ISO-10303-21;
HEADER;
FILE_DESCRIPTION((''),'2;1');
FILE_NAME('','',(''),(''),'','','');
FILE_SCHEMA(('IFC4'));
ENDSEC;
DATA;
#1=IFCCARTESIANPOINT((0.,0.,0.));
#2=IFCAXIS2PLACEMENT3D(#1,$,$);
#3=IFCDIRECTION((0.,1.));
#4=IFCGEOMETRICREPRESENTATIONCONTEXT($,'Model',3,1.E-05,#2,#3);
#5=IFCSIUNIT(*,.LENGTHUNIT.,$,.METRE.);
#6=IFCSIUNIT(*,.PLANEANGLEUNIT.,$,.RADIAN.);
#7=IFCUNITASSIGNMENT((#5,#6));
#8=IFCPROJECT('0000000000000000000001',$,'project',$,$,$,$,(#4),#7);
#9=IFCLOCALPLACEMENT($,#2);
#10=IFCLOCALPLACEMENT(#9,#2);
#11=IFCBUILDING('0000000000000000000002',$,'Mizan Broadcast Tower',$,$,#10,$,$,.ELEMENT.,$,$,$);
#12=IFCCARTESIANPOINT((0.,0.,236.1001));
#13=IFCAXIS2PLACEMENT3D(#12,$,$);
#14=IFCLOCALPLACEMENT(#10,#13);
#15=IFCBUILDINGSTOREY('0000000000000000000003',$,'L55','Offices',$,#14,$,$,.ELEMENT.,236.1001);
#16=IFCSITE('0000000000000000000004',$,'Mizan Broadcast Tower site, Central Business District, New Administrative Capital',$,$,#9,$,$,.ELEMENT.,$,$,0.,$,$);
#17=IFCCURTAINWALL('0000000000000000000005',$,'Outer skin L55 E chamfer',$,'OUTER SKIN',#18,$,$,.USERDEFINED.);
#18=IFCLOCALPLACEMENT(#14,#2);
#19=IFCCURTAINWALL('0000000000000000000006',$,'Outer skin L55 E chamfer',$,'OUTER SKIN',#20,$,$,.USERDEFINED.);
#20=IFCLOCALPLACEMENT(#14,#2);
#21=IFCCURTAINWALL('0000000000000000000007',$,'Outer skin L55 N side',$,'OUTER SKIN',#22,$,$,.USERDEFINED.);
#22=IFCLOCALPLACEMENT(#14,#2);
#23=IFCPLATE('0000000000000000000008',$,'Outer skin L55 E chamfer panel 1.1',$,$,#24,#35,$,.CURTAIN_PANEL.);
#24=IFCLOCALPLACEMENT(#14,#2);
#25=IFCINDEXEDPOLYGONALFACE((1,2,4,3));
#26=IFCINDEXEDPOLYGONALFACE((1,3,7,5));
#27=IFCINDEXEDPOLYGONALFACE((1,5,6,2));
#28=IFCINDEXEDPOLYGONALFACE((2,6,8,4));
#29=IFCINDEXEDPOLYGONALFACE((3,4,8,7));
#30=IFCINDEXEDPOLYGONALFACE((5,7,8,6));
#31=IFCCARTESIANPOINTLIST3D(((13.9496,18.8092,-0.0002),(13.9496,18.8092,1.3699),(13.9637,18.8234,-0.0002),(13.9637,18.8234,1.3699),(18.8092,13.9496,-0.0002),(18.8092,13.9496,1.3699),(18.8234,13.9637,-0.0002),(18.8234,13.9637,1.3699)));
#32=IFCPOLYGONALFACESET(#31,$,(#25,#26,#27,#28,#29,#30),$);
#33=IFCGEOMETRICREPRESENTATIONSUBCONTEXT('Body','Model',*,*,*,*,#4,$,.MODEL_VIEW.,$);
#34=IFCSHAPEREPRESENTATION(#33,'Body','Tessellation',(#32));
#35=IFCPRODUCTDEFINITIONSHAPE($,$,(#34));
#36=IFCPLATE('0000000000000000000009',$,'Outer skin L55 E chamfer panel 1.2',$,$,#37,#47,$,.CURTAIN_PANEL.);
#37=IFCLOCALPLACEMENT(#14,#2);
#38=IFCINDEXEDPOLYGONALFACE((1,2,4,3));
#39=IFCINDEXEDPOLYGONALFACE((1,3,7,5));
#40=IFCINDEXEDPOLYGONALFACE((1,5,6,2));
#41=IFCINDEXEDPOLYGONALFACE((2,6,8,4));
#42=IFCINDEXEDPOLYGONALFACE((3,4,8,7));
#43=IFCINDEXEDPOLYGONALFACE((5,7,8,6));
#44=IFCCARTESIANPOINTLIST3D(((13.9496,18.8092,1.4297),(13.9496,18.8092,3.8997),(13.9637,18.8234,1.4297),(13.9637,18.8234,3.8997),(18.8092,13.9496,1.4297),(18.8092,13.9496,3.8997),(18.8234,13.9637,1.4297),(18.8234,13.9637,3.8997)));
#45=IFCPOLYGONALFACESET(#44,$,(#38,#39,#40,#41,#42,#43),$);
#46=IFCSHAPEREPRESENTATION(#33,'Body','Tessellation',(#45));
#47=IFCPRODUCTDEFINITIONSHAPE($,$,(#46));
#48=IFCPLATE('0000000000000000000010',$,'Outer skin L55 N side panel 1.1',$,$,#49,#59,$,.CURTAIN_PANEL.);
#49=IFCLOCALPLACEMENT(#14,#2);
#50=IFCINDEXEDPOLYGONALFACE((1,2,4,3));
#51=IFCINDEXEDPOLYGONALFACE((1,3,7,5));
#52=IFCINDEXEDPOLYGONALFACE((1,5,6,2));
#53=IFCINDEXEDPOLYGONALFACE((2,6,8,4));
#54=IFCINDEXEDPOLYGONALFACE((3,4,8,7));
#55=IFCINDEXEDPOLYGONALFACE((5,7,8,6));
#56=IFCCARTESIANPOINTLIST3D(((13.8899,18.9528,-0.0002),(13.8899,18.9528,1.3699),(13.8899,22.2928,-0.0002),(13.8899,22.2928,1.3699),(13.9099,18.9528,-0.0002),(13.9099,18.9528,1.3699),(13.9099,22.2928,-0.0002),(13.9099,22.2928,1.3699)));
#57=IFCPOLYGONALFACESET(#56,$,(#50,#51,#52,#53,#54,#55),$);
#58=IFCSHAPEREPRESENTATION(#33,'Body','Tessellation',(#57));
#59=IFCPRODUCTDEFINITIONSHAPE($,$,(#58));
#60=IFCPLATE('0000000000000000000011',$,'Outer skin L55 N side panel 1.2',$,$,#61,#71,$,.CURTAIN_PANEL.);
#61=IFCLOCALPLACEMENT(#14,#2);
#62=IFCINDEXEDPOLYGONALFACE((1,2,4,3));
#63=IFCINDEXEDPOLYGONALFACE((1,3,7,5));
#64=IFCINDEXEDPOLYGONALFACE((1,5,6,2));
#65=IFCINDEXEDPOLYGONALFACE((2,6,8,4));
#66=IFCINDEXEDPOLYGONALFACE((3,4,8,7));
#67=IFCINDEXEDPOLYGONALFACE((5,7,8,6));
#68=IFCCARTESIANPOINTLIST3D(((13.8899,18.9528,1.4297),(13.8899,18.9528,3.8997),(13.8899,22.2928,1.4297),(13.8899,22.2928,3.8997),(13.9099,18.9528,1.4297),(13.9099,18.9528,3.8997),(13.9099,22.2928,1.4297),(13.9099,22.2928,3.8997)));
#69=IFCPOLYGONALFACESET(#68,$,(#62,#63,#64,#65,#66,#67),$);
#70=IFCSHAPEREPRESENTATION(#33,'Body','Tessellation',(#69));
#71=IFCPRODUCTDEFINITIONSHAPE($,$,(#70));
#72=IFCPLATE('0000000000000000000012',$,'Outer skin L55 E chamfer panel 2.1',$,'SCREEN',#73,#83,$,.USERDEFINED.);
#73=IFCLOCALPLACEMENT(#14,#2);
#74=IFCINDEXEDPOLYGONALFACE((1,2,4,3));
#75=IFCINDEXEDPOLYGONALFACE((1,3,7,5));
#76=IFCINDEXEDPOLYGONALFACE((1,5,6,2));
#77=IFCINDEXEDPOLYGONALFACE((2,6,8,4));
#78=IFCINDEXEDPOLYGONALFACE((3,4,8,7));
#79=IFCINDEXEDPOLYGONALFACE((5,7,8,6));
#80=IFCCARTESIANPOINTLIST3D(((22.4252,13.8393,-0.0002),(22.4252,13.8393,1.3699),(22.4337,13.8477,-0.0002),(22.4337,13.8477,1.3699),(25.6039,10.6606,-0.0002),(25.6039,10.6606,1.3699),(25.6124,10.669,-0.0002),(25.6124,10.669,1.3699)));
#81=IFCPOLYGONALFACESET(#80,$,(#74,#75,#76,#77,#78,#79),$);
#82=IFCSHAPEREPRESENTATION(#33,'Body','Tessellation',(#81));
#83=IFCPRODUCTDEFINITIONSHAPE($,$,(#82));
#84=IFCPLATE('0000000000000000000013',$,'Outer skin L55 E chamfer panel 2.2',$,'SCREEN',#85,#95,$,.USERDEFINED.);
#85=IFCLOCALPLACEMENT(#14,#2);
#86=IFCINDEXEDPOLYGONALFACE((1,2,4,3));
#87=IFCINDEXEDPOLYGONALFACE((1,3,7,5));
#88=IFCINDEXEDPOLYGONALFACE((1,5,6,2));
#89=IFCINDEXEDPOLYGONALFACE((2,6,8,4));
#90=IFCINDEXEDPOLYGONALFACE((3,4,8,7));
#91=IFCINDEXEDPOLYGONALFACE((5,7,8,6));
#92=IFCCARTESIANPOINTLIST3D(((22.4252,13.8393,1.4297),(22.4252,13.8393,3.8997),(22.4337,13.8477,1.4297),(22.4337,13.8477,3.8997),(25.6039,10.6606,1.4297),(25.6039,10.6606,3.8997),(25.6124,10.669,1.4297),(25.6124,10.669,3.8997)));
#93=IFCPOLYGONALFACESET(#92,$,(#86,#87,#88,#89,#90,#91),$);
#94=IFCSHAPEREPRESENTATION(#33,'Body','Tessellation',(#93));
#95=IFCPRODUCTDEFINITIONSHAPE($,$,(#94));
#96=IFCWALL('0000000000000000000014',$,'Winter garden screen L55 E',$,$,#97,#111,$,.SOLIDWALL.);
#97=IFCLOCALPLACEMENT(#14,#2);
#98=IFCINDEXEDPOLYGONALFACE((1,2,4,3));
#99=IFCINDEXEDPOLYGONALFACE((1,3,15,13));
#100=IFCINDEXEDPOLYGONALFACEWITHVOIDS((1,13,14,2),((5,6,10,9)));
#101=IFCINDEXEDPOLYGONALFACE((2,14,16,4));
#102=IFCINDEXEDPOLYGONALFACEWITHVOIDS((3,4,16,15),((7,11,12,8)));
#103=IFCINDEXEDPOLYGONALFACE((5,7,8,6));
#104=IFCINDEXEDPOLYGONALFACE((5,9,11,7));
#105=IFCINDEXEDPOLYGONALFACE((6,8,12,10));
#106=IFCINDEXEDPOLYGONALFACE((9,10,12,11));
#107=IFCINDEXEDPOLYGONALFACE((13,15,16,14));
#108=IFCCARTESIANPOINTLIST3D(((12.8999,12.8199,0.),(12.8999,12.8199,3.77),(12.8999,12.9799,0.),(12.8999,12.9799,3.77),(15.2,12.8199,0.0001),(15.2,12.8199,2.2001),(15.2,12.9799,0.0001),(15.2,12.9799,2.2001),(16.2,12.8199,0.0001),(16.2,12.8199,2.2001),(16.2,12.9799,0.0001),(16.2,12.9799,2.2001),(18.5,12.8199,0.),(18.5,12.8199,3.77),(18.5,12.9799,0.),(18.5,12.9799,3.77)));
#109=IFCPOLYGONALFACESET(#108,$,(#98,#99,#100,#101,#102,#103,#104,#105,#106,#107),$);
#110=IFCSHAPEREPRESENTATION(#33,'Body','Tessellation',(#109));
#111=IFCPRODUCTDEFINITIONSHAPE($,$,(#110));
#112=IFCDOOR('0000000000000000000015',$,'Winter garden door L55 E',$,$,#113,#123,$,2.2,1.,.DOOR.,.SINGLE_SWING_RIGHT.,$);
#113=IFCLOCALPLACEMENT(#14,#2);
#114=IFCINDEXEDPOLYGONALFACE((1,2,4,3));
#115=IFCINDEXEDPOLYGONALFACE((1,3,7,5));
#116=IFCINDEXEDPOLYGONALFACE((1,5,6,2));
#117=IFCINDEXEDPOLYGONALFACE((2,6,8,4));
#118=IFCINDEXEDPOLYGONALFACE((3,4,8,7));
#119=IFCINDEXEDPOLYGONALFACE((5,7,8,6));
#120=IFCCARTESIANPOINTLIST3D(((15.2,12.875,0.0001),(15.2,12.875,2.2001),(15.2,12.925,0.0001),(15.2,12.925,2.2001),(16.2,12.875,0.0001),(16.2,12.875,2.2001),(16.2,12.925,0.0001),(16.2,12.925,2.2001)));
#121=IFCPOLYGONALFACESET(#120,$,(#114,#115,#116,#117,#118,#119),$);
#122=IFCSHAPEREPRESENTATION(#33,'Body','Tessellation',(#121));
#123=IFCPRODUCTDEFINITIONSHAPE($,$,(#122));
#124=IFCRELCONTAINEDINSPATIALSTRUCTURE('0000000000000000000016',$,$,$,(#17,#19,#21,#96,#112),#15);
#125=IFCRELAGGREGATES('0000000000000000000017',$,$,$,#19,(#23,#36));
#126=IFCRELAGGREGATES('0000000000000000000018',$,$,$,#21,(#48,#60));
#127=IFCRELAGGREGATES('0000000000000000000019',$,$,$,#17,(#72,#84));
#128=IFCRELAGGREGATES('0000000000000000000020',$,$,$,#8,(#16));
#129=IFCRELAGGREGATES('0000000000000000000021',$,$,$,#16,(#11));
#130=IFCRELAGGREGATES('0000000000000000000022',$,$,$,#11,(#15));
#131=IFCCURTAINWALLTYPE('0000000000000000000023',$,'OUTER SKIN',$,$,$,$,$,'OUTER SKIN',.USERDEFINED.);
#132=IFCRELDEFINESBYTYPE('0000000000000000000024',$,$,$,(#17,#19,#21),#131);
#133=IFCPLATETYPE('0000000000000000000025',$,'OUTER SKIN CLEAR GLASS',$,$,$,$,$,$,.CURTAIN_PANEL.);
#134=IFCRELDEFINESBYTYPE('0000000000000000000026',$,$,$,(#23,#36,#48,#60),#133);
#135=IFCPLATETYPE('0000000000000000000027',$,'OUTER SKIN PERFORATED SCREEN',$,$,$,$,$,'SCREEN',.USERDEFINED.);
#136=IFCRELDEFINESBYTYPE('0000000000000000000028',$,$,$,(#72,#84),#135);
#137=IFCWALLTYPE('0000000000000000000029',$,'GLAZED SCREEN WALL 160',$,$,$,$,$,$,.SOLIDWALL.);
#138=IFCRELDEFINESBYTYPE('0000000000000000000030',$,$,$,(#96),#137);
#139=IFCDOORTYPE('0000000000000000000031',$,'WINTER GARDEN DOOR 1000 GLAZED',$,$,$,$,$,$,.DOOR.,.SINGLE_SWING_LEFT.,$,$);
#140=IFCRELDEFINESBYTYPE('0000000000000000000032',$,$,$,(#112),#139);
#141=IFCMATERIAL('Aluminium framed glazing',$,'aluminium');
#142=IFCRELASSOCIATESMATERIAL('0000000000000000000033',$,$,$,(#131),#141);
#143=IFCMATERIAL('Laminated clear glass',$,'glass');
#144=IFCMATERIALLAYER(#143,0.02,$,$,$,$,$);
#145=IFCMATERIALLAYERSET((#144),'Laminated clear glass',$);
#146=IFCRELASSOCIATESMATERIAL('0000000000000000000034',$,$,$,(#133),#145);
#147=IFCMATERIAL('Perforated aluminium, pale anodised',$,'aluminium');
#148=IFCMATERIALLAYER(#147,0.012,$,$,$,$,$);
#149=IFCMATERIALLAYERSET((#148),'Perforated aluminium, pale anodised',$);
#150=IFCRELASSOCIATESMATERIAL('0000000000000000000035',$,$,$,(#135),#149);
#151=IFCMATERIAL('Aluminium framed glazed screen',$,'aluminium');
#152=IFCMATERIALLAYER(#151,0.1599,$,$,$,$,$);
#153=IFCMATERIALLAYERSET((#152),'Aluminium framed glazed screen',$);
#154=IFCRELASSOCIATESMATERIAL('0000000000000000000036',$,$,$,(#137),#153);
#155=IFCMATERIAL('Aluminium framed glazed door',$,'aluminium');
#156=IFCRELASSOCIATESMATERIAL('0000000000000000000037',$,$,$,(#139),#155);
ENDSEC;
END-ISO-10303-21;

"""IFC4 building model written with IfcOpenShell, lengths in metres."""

from ifc_helpers import new_model, si_unit, direction, frame, frame_2d, origin, origin_2d, place, context, subcontext, project, spatial, rectangle, extrude, material, layer, layer_set, type_object, element, fill, aggregate, save


model = new_model("IFC4")

# Units and contexts
model_context = context("Model", 3, precision=1e-05, world=origin(), true_north=direction((0.0, 1.0)))
body_context = subcontext(model_context, "Body", "Model", "MODEL_VIEW")
ifc_project = project(units=[si_unit("LENGTHUNIT", "METRE"), si_unit("PLANEANGLEUNIT", "RADIAN")], contexts=[model_context])

# Site, building, storey
site_placement = place(None, origin())
site = spatial("IfcSite", under=ifc_project, at=site_placement, Name="Mizan Broadcast Tower site, Central Business District, New Administrative Capital", CompositionType="ELEMENT", RefElevation=0.0)
building_placement = place(site_placement, origin())
building = spatial("IfcBuilding", under=site, at=building_placement, Name="Mizan Broadcast Tower", CompositionType="ELEMENT")
storey_placement = place(building_placement, frame((0.0, 0.0, 236.1001)))
storey = spatial("IfcBuildingStorey", under=building, at=storey_placement, Name="L55", Description="Offices", CompositionType="ELEMENT", Elevation=236.1001)

# Curtain walls
ifc_material_1 = material(Name="Aluminium framed glazing", Category="aluminium")
curtain_wall_type_1 = type_object("IfcCurtainWallType", Name="OUTER SKIN", ElementType="OUTER SKIN", PredefinedType="USERDEFINED", material=ifc_material_1)
curtain_wall_1_placement = place(storey_placement, origin())
curtain_wall_1 = element("IfcCurtainWall", 1, at=curtain_wall_1_placement, inside=storey, type_object=curtain_wall_type_1, Name="Outer skin L55 E chamfer", ObjectType="OUTER SKIN", PredefinedType="USERDEFINED")
curtain_wall_2_placement = place(storey_placement, origin())
curtain_wall_2 = element("IfcCurtainWall", 2, at=curtain_wall_2_placement, inside=storey, type_object=curtain_wall_type_1, Name="Outer skin L55 E chamfer", ObjectType="OUTER SKIN", PredefinedType="USERDEFINED")
curtain_wall_3_placement = place(storey_placement, origin())
curtain_wall_3 = element("IfcCurtainWall", 3, at=curtain_wall_3_placement, inside=storey, type_object=curtain_wall_type_1, Name="Outer skin L55 N side", ObjectType="OUTER SKIN", PredefinedType="USERDEFINED")

# Plates
ifc_material_2 = material(Name="Laminated clear glass", Category="glass")
ifc_layer_1 = layer(ifc_material_2, 0.02)
ifc_layer_set_1 = layer_set([ifc_layer_1], Name="Laminated clear glass")
plate_type_1 = type_object("IfcPlateType", Name="OUTER SKIN CLEAR GLASS", PredefinedType="CURTAIN_PANEL", material=ifc_layer_set_1)
plate_1_placement = place(storey_placement, frame((16.3865, 16.3865, -0.0002), z_axis=(0.0, 0.0, 1.0), x_axis=(-0.707107, 0.707107, 0.0)))
plate_1 = element("IfcPlate", 4, at=plate_1_placement, type_object=plate_type_1, Name="Outer skin L55 E chamfer panel 1.1", PredefinedType="CURTAIN_PANEL", context=body_context, shape_type="SweptSolid", body=[
    extrude(rectangle(XDim=6.8726, YDim=0.02, at=origin_2d()), origin(), (0.0, 0.0, 1.0), 1.3701),
])
plate_2_placement = place(storey_placement, frame((16.3865, 16.3865, 1.4297), z_axis=(0.0, 0.0, 1.0), x_axis=(-0.707107, 0.707107, 0.0)))
plate_2 = element("IfcPlate", 5, at=plate_2_placement, type_object=plate_type_1, Name="Outer skin L55 E chamfer panel 1.2", PredefinedType="CURTAIN_PANEL", context=body_context, shape_type="SweptSolid", body=[
    extrude(rectangle(XDim=6.8726, YDim=0.02, at=origin_2d()), origin(), (0.0, 0.0, 1.0), 2.47),
])
aggregate(curtain_wall_2, [plate_1, plate_2])
plate_3_placement = place(storey_placement, frame((13.8999, 20.6228, -0.0002), z_axis=(0.0, 0.0, 1.0), x_axis=(0.0, 1.0, 0.0)))
plate_3 = element("IfcPlate", 6, at=plate_3_placement, type_object=plate_type_1, Name="Outer skin L55 N side panel 1.1", PredefinedType="CURTAIN_PANEL", context=body_context, shape_type="SweptSolid", body=[
    extrude(rectangle(XDim=3.3401, YDim=0.02, at=origin_2d()), origin(), (0.0, 0.0, 1.0), 1.3701),
])
plate_4_placement = place(storey_placement, frame((13.8999, 20.6228, 1.4297), z_axis=(0.0, 0.0, 1.0), x_axis=(0.0, 1.0, 0.0)))
plate_4 = element("IfcPlate", 7, at=plate_4_placement, type_object=plate_type_1, Name="Outer skin L55 N side panel 1.2", PredefinedType="CURTAIN_PANEL", context=body_context, shape_type="SweptSolid", body=[
    extrude(rectangle(XDim=3.3401, YDim=0.02, at=origin_2d()), origin(), (0.0, 0.0, 1.0), 2.47),
])
aggregate(curtain_wall_3, [plate_3, plate_4])
ifc_material_3 = material(Name="Perforated aluminium, pale anodised", Category="aluminium")
ifc_layer_2 = layer(ifc_material_3, 0.012)
ifc_layer_set_2 = layer_set([ifc_layer_2], Name="Perforated aluminium, pale anodised")
plate_type_2 = type_object("IfcPlateType", Name="OUTER SKIN PERFORATED SCREEN", ElementType="SCREEN", PredefinedType="USERDEFINED", material=ifc_layer_set_2)
plate_5_placement = place(storey_placement, frame((24.0188, 12.2542, -0.0002), z_axis=(0.0, 0.0, 1.0), x_axis=(-0.707107, 0.707107, 0.0)))
plate_5 = element("IfcPlate", 8, at=plate_5_placement, type_object=plate_type_2, Name="Outer skin L55 E chamfer panel 2.1", ObjectType="SCREEN", PredefinedType="USERDEFINED", context=body_context, shape_type="SweptSolid", body=[
    extrude(rectangle(XDim=4.4954, YDim=0.012, at=origin_2d()), origin(), (0.0, 0.0, 1.0), 1.3701),
])
plate_6_placement = place(storey_placement, frame((24.0188, 12.2542, 1.4297), z_axis=(0.0, 0.0, 1.0), x_axis=(-0.707107, 0.707107, 0.0)))
plate_6 = element("IfcPlate", 9, at=plate_6_placement, type_object=plate_type_2, Name="Outer skin L55 E chamfer panel 2.2", ObjectType="SCREEN", PredefinedType="USERDEFINED", context=body_context, shape_type="SweptSolid", body=[
    extrude(rectangle(XDim=4.4954, YDim=0.012, at=origin_2d()), origin(), (0.0, 0.0, 1.0), 2.47),
])
aggregate(curtain_wall_1, [plate_5, plate_6])

# Wall, opening, door
ifc_material_4 = material(Name="Aluminium framed glazed screen", Category="aluminium")
ifc_layer_3 = layer(ifc_material_4, 0.1599)
ifc_layer_set_3 = layer_set([ifc_layer_3], Name="Aluminium framed glazed screen")
wall_type = type_object("IfcWallType", Name="GLAZED SCREEN WALL 160", PredefinedType="SOLIDWALL", material=ifc_layer_set_3)
wall_placement = place(storey_placement, frame((18.5, 12.8999, 0.0), z_axis=(0.0, 0.0, 1.0), x_axis=(-1.0, 0.0, 0.0)))
wall = element("IfcWall", 10, at=wall_placement, inside=storey, type_object=wall_type, Name="Winter garden screen L55 E", PredefinedType="SOLIDWALL", context=body_context, shape_type="SweptSolid", body=[
    extrude(rectangle(XDim=5.6001, YDim=0.1599, at=frame_2d((2.8, 0.0))), origin(), (0.0, 0.0, 1.0), 3.77),
])
opening_placement = place(wall_placement, frame((2.3, 0.0, 0.0)))
opening = element("IfcOpeningElement", 11, at=opening_placement, cuts=wall, PredefinedType="OPENING", context=body_context, shape_type="SweptSolid", body=[
    extrude(rectangle(XDim=1.0, YDim=2.2, at=frame_2d((0.5, 1.1001))), frame((0.0, 0.0898, 0.0), z_axis=(0.0, -1.0, 0.0), x_axis=(1.0, 0.0, 0.0)), (0.0, 0.0, 1.0), 0.1799),
])
ifc_material_5 = material(Name="Aluminium framed glazed door", Category="aluminium")
door_type = type_object("IfcDoorType", Name="WINTER GARDEN DOOR 1000 GLAZED", OperationType="SINGLE_SWING_LEFT", PredefinedType="DOOR", material=ifc_material_5)
door_placement = place(opening_placement, origin())
door = element("IfcDoor", 12, at=door_placement, inside=storey, type_object=door_type, Name="Winter garden door L55 E", OperationType="SINGLE_SWING_RIGHT", OverallHeight=2.2, OverallWidth=1.0, PredefinedType="DOOR", context=body_context, shape_type="SweptSolid", body=[
    extrude(rectangle(XDim=1.0, YDim=2.2, at=frame_2d((0.5, 1.1001))), frame((0.0, 0.0249, 0.0), z_axis=(0.0, -1.0, 0.0), x_axis=(1.0, 0.0, 0.0)), (0.0, 0.0, 1.0), 0.05),
])
fill(opening, door)

save(model, "model.ifc")
